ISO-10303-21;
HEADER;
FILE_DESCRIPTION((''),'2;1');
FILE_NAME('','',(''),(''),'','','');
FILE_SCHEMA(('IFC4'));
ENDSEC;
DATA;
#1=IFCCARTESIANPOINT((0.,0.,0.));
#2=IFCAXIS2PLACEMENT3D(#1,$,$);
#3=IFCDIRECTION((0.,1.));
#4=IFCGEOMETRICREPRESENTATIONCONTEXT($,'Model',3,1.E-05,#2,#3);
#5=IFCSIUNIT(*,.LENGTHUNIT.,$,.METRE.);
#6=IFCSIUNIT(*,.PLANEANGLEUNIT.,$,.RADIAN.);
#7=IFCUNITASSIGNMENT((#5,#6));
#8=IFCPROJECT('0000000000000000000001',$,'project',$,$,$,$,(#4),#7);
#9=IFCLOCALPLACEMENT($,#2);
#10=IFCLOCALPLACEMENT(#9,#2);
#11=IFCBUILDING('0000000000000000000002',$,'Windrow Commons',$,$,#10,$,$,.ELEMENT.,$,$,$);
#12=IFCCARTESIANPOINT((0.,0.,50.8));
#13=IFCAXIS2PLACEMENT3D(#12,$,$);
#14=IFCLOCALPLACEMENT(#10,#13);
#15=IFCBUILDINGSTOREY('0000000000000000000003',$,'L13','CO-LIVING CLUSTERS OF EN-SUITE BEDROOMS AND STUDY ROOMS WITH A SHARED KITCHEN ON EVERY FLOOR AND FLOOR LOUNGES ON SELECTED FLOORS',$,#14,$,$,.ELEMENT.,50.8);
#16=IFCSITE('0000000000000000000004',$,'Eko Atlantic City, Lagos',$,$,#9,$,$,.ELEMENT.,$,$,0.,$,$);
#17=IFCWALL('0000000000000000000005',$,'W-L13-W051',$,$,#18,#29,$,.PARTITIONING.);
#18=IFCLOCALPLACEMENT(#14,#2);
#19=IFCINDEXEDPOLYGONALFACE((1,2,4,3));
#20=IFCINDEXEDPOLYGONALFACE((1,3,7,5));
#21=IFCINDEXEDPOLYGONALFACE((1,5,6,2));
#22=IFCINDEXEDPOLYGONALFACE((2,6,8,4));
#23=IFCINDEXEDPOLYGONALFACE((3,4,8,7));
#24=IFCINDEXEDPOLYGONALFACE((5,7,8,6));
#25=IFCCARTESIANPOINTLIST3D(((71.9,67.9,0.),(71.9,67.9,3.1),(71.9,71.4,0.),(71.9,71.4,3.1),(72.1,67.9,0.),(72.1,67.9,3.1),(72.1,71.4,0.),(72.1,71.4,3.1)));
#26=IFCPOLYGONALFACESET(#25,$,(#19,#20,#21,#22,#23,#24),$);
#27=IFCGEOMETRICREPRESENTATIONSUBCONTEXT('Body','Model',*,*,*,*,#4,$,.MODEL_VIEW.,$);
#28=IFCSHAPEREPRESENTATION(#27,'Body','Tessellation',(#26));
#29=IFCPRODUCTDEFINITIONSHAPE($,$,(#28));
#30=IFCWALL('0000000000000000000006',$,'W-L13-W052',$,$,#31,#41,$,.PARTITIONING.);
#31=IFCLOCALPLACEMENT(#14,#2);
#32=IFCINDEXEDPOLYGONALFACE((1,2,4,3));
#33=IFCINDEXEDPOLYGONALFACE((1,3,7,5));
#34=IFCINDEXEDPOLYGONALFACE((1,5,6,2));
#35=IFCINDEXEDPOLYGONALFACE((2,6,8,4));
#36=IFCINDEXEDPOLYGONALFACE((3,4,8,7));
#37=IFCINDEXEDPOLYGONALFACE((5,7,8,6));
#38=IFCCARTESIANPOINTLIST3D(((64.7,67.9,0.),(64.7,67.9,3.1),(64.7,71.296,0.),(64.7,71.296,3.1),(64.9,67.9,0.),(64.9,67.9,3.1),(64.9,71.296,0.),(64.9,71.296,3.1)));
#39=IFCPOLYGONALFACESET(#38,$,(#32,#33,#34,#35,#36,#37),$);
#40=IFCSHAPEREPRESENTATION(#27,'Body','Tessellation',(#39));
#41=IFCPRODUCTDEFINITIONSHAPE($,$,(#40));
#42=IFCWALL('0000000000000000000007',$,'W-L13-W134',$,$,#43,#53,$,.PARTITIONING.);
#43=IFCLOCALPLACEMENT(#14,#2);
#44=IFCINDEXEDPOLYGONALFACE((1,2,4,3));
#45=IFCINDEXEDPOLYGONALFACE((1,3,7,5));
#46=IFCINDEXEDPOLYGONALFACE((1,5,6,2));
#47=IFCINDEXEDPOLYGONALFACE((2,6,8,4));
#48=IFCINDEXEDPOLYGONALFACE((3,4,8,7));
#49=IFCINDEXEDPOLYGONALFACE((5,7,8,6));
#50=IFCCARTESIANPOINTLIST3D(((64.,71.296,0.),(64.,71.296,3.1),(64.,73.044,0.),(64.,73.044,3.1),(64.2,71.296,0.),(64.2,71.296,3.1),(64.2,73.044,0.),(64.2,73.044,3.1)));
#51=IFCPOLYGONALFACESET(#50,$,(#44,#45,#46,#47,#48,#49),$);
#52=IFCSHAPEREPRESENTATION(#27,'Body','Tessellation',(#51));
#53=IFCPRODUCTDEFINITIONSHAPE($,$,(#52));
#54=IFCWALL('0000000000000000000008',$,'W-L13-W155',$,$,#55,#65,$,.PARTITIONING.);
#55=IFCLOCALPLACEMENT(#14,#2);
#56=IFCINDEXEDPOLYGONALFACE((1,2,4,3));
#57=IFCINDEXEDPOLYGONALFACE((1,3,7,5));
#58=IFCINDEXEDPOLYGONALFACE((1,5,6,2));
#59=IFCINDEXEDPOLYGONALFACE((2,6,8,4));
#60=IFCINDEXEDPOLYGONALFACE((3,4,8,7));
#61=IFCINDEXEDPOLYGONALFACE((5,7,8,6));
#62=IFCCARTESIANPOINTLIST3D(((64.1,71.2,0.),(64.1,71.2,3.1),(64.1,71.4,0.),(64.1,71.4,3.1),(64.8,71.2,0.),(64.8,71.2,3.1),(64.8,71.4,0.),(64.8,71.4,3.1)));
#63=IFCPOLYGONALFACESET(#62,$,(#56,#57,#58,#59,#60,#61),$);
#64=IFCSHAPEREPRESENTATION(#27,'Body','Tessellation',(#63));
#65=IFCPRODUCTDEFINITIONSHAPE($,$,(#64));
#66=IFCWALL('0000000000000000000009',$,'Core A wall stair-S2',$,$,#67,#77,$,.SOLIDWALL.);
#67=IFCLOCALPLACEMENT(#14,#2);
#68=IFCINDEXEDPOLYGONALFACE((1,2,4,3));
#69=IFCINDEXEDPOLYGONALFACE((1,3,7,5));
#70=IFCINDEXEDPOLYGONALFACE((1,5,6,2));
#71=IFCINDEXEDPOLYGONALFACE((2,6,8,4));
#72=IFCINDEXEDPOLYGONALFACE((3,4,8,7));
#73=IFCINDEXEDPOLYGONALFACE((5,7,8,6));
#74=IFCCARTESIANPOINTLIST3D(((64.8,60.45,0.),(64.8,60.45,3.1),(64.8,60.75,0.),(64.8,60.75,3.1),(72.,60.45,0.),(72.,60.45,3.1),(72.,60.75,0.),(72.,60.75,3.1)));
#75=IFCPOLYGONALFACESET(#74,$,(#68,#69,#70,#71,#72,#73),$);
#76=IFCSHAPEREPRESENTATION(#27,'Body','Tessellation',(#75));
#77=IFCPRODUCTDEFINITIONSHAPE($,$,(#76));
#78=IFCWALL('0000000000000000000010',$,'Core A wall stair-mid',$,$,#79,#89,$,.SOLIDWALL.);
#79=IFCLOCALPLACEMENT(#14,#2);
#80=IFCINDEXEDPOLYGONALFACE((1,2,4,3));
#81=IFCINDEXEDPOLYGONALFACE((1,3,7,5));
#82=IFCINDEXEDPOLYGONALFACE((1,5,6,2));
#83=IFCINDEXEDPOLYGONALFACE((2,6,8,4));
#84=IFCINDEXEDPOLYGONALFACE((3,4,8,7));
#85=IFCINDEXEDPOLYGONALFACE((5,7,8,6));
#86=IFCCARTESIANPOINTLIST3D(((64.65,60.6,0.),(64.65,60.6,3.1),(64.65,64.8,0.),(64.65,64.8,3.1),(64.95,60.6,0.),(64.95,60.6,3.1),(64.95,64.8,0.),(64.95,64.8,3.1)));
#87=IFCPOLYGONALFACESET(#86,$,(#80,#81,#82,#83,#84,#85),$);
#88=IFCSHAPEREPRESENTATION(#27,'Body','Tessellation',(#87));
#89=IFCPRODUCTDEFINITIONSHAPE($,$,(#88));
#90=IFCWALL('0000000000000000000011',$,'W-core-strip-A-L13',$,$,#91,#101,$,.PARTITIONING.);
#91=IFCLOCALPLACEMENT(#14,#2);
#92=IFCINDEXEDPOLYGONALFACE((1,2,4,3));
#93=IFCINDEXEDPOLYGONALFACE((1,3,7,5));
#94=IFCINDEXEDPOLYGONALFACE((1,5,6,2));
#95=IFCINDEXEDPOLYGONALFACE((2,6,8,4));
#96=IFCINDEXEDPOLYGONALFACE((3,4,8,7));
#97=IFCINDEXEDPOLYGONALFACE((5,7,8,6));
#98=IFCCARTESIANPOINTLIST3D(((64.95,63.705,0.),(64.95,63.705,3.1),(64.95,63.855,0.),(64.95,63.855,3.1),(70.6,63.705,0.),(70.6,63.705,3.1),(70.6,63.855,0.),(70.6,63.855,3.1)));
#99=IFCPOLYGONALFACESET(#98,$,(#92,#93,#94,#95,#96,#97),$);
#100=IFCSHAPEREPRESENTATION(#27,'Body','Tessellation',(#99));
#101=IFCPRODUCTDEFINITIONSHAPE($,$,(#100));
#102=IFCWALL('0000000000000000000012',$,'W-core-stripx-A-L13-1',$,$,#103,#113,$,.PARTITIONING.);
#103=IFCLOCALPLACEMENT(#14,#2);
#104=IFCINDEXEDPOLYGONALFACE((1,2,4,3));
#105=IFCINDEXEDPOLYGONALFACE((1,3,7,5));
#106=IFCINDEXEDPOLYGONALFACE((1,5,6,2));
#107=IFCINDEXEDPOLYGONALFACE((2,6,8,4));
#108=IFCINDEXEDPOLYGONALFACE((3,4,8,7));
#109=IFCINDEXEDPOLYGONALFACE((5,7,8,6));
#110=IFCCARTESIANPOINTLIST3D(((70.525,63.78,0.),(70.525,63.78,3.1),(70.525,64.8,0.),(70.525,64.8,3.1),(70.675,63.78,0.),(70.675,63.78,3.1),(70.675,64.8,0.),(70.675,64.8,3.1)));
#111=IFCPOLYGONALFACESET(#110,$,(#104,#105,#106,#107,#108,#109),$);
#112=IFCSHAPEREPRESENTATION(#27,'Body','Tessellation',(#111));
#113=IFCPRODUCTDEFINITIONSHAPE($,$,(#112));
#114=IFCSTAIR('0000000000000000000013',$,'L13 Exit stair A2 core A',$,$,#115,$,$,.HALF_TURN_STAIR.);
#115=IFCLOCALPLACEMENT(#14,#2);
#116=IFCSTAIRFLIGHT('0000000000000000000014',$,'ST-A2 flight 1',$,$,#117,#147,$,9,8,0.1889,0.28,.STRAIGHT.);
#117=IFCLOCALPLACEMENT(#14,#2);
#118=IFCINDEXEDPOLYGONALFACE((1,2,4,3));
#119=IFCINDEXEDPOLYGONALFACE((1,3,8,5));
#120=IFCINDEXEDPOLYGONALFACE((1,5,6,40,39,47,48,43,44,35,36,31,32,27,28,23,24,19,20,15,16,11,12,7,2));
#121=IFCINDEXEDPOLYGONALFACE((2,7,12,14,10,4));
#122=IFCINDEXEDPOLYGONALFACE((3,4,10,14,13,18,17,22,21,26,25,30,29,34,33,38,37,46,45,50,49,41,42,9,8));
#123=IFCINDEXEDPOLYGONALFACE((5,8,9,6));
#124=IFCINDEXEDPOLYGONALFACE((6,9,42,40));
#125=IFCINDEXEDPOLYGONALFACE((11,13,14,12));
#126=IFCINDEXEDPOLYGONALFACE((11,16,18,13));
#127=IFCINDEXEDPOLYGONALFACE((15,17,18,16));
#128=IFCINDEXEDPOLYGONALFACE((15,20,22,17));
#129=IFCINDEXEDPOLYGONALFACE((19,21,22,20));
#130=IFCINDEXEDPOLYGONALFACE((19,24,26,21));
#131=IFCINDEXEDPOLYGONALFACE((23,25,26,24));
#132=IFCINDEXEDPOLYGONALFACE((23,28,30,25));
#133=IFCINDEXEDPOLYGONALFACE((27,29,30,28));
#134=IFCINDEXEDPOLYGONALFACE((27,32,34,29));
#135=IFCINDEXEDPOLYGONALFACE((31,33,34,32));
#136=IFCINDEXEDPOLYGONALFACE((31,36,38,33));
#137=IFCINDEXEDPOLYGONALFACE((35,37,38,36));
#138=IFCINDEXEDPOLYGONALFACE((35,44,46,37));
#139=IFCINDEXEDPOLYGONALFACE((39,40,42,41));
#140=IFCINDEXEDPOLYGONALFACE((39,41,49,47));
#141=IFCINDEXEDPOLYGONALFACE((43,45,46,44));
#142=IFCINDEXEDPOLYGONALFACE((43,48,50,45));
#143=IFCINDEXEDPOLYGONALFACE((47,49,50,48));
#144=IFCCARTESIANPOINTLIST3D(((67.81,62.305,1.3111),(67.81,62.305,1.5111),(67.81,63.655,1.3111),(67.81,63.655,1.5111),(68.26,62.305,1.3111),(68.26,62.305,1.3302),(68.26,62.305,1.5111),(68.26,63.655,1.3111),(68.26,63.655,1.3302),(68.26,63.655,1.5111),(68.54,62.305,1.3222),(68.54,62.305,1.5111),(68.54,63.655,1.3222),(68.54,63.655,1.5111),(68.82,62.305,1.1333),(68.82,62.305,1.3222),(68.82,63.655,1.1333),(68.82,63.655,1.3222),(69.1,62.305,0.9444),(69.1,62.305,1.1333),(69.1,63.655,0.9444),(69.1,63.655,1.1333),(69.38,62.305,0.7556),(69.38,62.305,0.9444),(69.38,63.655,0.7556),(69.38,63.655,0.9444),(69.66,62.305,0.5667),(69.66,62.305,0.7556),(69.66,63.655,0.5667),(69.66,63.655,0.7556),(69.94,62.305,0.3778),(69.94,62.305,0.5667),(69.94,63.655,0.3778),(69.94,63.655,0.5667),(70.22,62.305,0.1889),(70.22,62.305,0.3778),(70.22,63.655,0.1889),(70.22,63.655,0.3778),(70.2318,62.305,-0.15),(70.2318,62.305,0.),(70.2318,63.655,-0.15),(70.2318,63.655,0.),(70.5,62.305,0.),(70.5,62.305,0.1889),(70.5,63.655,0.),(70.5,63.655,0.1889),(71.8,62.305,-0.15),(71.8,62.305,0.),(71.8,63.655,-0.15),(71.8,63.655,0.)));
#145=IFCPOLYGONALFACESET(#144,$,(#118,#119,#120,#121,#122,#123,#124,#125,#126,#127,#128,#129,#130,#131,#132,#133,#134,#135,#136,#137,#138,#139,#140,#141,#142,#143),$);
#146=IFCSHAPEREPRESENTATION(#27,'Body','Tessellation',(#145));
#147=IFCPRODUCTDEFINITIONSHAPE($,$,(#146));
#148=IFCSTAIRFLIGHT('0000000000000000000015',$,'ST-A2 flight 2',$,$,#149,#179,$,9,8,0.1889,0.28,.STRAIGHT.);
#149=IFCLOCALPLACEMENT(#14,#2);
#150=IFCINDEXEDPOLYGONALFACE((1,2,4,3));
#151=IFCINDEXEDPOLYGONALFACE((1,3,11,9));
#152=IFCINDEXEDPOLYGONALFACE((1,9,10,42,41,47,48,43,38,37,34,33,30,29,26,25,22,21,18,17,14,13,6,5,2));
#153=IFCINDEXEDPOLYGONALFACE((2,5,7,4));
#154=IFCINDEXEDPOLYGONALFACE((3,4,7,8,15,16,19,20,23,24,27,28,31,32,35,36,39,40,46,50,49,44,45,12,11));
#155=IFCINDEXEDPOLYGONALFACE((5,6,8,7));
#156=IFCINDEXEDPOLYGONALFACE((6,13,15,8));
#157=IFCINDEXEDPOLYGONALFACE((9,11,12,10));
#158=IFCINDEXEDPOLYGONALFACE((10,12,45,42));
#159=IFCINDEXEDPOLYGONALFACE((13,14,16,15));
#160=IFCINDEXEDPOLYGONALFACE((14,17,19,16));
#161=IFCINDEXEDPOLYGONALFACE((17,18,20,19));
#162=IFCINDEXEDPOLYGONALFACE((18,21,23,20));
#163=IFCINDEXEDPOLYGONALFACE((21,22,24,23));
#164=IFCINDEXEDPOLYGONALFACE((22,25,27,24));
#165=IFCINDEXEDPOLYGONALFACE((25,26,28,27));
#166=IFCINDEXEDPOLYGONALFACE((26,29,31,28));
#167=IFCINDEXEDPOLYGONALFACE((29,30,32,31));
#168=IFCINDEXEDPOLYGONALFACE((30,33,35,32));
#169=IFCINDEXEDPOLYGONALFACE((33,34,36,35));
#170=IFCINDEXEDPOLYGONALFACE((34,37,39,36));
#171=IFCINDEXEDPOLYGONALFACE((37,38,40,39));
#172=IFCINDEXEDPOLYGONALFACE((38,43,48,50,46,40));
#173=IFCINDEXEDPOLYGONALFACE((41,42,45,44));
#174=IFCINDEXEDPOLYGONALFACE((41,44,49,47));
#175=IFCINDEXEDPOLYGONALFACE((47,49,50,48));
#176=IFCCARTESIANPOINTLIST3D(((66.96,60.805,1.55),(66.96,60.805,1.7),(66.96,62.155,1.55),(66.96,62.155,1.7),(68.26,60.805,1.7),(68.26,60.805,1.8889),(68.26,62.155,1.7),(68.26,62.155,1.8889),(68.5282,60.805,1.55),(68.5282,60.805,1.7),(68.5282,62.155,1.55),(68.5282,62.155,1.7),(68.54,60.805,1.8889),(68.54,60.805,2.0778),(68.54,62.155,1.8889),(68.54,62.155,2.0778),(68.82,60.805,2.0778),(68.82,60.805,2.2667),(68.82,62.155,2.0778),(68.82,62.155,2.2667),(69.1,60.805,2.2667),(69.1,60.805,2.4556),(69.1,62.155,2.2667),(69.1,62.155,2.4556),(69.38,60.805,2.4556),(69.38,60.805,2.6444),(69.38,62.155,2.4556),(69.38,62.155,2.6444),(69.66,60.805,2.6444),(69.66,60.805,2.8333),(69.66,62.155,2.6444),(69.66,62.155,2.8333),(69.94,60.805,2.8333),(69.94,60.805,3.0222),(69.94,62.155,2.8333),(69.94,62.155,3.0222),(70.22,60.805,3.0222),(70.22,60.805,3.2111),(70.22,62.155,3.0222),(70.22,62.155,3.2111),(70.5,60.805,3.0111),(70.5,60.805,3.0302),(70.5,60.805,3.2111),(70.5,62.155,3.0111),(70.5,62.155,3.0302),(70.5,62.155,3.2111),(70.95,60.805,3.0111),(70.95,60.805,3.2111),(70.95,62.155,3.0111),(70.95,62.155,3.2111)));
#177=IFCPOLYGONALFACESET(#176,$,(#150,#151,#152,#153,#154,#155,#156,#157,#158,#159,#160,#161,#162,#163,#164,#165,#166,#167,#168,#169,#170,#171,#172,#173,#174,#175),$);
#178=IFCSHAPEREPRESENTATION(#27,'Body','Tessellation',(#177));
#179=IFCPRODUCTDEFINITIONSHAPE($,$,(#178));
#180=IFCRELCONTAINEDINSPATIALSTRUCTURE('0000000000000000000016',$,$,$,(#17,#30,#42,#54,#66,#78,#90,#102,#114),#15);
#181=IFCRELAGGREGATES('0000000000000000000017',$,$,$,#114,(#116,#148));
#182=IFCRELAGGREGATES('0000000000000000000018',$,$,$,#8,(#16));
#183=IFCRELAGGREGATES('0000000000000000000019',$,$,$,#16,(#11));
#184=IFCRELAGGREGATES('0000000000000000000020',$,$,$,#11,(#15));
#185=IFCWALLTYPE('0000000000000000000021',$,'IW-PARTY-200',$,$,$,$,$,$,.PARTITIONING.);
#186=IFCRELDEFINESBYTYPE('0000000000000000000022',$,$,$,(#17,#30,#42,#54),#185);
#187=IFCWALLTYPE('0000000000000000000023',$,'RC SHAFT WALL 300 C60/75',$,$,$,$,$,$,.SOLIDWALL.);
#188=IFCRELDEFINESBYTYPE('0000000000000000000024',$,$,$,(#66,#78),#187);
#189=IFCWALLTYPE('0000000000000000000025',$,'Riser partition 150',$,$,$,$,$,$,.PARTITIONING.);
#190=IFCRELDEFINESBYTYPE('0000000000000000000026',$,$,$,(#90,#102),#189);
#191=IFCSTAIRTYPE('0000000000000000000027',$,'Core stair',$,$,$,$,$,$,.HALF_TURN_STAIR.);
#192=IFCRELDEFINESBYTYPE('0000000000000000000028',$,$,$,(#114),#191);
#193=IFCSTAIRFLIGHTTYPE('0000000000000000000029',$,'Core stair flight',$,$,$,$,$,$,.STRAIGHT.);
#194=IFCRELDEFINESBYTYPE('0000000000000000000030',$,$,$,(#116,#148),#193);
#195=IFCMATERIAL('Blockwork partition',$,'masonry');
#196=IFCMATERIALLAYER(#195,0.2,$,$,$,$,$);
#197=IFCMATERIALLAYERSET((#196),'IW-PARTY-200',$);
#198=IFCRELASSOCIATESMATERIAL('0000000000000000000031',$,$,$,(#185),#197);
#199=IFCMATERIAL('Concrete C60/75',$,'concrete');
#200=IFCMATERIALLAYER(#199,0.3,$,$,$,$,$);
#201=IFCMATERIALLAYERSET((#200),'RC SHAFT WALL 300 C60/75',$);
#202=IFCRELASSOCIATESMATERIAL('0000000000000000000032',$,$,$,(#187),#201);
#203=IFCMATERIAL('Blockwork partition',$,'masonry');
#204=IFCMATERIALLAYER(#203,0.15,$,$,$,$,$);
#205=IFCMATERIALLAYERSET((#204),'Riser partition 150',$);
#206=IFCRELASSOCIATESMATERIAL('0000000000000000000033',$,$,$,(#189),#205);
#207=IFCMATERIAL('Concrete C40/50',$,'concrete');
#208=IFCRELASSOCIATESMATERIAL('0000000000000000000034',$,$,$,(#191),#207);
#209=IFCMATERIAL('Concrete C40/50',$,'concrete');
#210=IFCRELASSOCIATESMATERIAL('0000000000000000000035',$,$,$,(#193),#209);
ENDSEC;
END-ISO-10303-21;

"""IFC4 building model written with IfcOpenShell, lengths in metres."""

from ifc_helpers import new_model, si_unit, direction, frame, frame_2d, origin, place, context, subcontext, project, spatial, polyline, rectangle, outline, extrude, material, layer, layer_set, type_object, element, aggregate, save


model = new_model("IFC4")

# Units and contexts
model_context = context("Model", 3, precision=1e-05, world=origin(), true_north=direction((0.0, 1.0)))
body_context = subcontext(model_context, "Body", "Model", "MODEL_VIEW")
ifc_project = project(units=[si_unit("LENGTHUNIT", "METRE"), si_unit("PLANEANGLEUNIT", "RADIAN")], contexts=[model_context])

# Site, building, storey
site_placement = place(None, origin())
site = spatial("IfcSite", under=ifc_project, at=site_placement, Name="Eko Atlantic City, Lagos", CompositionType="ELEMENT", RefElevation=0.0)
building_placement = place(site_placement, origin())
building = spatial("IfcBuilding", under=site, at=building_placement, Name="Windrow Commons", CompositionType="ELEMENT")
storey_placement = place(building_placement, frame((0.0, 0.0, 50.8)))
storey = spatial("IfcBuildingStorey", under=building, at=storey_placement, Name="L13", Description="CO-LIVING CLUSTERS OF EN-SUITE BEDROOMS AND STUDY ROOMS WITH A SHARED KITCHEN ON EVERY FLOOR AND FLOOR LOUNGES ON SELECTED FLOORS", CompositionType="ELEMENT", Elevation=50.8)

# Walls
ifc_material_1 = material(Name="Blockwork partition", Category="masonry")
ifc_layer_1 = layer(ifc_material_1, 0.2)
ifc_layer_set_1 = layer_set([ifc_layer_1], Name="IW-PARTY-200")
wall_type_1 = type_object("IfcWallType", Name="IW-PARTY-200", PredefinedType="PARTITIONING", material=ifc_layer_set_1)
wall_1_placement = place(storey_placement, frame((72.0, 67.9, 0.0), z_axis=(0.0, 0.0, 1.0), x_axis=(0.0, 1.0, 0.0)))
element("IfcWall", 1, at=wall_1_placement, inside=storey, type_object=wall_type_1, Name="W-L13-W051", PredefinedType="PARTITIONING", context=body_context, shape_type="SweptSolid", body=[
    extrude(rectangle(XDim=3.5, YDim=0.2, at=frame_2d((1.75, 0.0))), origin(), (0.0, 0.0, 1.0), 3.1),
])
wall_2_placement = place(storey_placement, frame((64.8, 67.9, 0.0), z_axis=(0.0, 0.0, 1.0), x_axis=(0.0, 1.0, 0.0)))
element("IfcWall", 2, at=wall_2_placement, inside=storey, type_object=wall_type_1, Name="W-L13-W052", PredefinedType="PARTITIONING", context=body_context, shape_type="SweptSolid", body=[
    extrude(rectangle(XDim=3.396, YDim=0.2, at=frame_2d((1.698, 0.0))), origin(), (0.0, 0.0, 1.0), 3.1),
])
wall_3_placement = place(storey_placement, frame((64.1, 71.296, 0.0), z_axis=(0.0, 0.0, 1.0), x_axis=(0.0, 1.0, 0.0)))
element("IfcWall", 3, at=wall_3_placement, inside=storey, type_object=wall_type_1, Name="W-L13-W134", PredefinedType="PARTITIONING", context=body_context, shape_type="SweptSolid", body=[
    extrude(rectangle(XDim=1.748, YDim=0.2, at=frame_2d((0.874, 0.0))), origin(), (0.0, 0.0, 1.0), 3.1),
])
wall_4_placement = place(storey_placement, frame((64.1, 71.3, 0.0), z_axis=(0.0, 0.0, 1.0), x_axis=(1.0, 0.0, 0.0)))
element("IfcWall", 4, at=wall_4_placement, inside=storey, type_object=wall_type_1, Name="W-L13-W155", PredefinedType="PARTITIONING", context=body_context, shape_type="SweptSolid", body=[
    extrude(rectangle(XDim=0.7, YDim=0.2, at=frame_2d((0.35, 0.0))), origin(), (0.0, 0.0, 1.0), 3.1),
])
ifc_material_2 = material(Name="Concrete C60/75", Category="concrete")
ifc_layer_2 = layer(ifc_material_2, 0.3)
ifc_layer_set_2 = layer_set([ifc_layer_2], Name="RC SHAFT WALL 300 C60/75")
wall_type_2 = type_object("IfcWallType", Name="RC SHAFT WALL 300 C60/75", PredefinedType="SOLIDWALL", material=ifc_layer_set_2)
wall_5_placement = place(storey_placement, frame((64.8, 60.6, 0.0), z_axis=(0.0, 0.0, 1.0), x_axis=(1.0, 0.0, 0.0)))
element("IfcWall", 5, at=wall_5_placement, inside=storey, type_object=wall_type_2, Name="Core A wall stair-S2", PredefinedType="SOLIDWALL", context=body_context, shape_type="SweptSolid", body=[
    extrude(rectangle(XDim=7.2, YDim=0.3, at=frame_2d((3.6, 0.0))), origin(), (0.0, 0.0, 1.0), 3.1),
])
wall_6_placement = place(storey_placement, frame((64.8, 60.6, 0.0), z_axis=(0.0, 0.0, 1.0), x_axis=(0.0, 1.0, 0.0)))
element("IfcWall", 6, at=wall_6_placement, inside=storey, type_object=wall_type_2, Name="Core A wall stair-mid", PredefinedType="SOLIDWALL", context=body_context, shape_type="SweptSolid", body=[
    extrude(rectangle(XDim=4.2, YDim=0.3, at=frame_2d((2.1, 0.0))), origin(), (0.0, 0.0, 1.0), 3.1),
])
ifc_material_3 = material(Name="Blockwork partition", Category="masonry")
ifc_layer_3 = layer(ifc_material_3, 0.15)
ifc_layer_set_3 = layer_set([ifc_layer_3], Name="Riser partition 150")
wall_type_3 = type_object("IfcWallType", Name="Riser partition 150", PredefinedType="PARTITIONING", material=ifc_layer_set_3)
wall_7_placement = place(storey_placement, frame((64.95, 63.78, 0.0), z_axis=(0.0, 0.0, 1.0), x_axis=(1.0, 0.0, 0.0)))
element("IfcWall", 7, at=wall_7_placement, inside=storey, type_object=wall_type_3, Name="W-core-strip-A-L13", PredefinedType="PARTITIONING", context=body_context, shape_type="SweptSolid", body=[
    extrude(rectangle(XDim=5.65, YDim=0.15, at=frame_2d((2.825, 0.0))), origin(), (0.0, 0.0, 1.0), 3.1),
])
wall_8_placement = place(storey_placement, frame((70.6, 63.78, 0.0), z_axis=(0.0, 0.0, 1.0), x_axis=(0.0, 1.0, 0.0)))
element("IfcWall", 8, at=wall_8_placement, inside=storey, type_object=wall_type_3, Name="W-core-stripx-A-L13-1", PredefinedType="PARTITIONING", context=body_context, shape_type="SweptSolid", body=[
    extrude(rectangle(XDim=1.02, YDim=0.15, at=frame_2d((0.51, 0.0))), origin(), (0.0, 0.0, 1.0), 3.1),
])

# Stair, stair flights
ifc_material_4 = material(Name="Concrete C40/50", Category="concrete")
stair_type = type_object("IfcStairType", Name="Core stair", PredefinedType="HALF_TURN_STAIR", material=ifc_material_4)
stair_placement = place(storey_placement, origin())
stair = element("IfcStair", 9, at=stair_placement, inside=storey, type_object=stair_type, Name="L13 Exit stair A2 core A", PredefinedType="HALF_TURN_STAIR")
ifc_material_5 = material(Name="Concrete C40/50", Category="concrete")
stair_flight_type = type_object("IfcStairFlightType", Name="Core stair flight", PredefinedType="STRAIGHT", material=ifc_material_5)
stair_flight_1_placement = place(storey_placement, frame((70.5, 62.98, 0.0), z_axis=(0.0, 0.0, 1.0), x_axis=(-1.0, 0.0, 0.0)))
stair_flight_1 = element("IfcStairFlight", 10, at=stair_flight_1_placement, type_object=stair_flight_type, Name="ST-A2 flight 1", NumberOfRisers=9, NumberOfTreads=8, PredefinedType="STRAIGHT", RiserHeight=0.1889, TreadLength=0.28, context=body_context, shape_type="SweptSolid", body=[
    extrude(outline(polyline([(-1.3, -0.15), (-1.3, 0.0), (0.0, 0.0), (0.0, 0.1889), (0.28, 0.1889), (0.28, 0.3778), (0.56, 0.3778), (0.56, 0.5667), (0.84, 0.5667), (0.84, 0.7556), (1.12, 0.7556), (1.12, 0.9444), (1.4, 0.9444), (1.4, 1.1333), (1.68, 1.1333), (1.68, 1.3222), (1.96, 1.3222), (1.96, 1.5111), (2.24, 1.5111), (2.69, 1.5111), (2.69, 1.3111), (2.24, 1.3111), (2.24, 1.3302), (0.2682, 0.0), (0.2682, -0.15), (-1.3, -0.15)])), frame((0.0, 0.675, 0.0), z_axis=(0.0, -1.0, 0.0), x_axis=(1.0, 0.0, 0.0)), (0.0, 0.0, 1.0), 1.35),
])
stair_flight_2_placement = place(storey_placement, frame((68.26, 61.48, 1.7), z_axis=(0.0, 0.0, 1.0), x_axis=(1.0, 0.0, 0.0)))
stair_flight_2 = element("IfcStairFlight", 11, at=stair_flight_2_placement, type_object=stair_flight_type, Name="ST-A2 flight 2", NumberOfRisers=9, NumberOfTreads=8, PredefinedType="STRAIGHT", RiserHeight=0.1889, TreadLength=0.28, context=body_context, shape_type="SweptSolid", body=[
    extrude(outline(polyline([(-1.3, -0.15), (-1.3, 0.0), (0.0, 0.0), (0.0, 0.1889), (0.28, 0.1889), (0.28, 0.3778), (0.56, 0.3778), (0.56, 0.5667), (0.84, 0.5667), (0.84, 0.7556), (1.12, 0.7556), (1.12, 0.9444), (1.4, 0.9444), (1.4, 1.1333), (1.68, 1.1333), (1.68, 1.3222), (1.96, 1.3222), (1.96, 1.5111), (2.24, 1.5111), (2.69, 1.5111), (2.69, 1.3111), (2.24, 1.3111), (2.24, 1.3302), (0.2682, 0.0), (0.2682, -0.15), (-1.3, -0.15)])), frame((0.0, 0.675, 0.0), z_axis=(0.0, -1.0, 0.0), x_axis=(1.0, 0.0, 0.0)), (0.0, 0.0, 1.0), 1.35),
])
aggregate(stair, [stair_flight_1, stair_flight_2])

save(model, "model.ifc")
